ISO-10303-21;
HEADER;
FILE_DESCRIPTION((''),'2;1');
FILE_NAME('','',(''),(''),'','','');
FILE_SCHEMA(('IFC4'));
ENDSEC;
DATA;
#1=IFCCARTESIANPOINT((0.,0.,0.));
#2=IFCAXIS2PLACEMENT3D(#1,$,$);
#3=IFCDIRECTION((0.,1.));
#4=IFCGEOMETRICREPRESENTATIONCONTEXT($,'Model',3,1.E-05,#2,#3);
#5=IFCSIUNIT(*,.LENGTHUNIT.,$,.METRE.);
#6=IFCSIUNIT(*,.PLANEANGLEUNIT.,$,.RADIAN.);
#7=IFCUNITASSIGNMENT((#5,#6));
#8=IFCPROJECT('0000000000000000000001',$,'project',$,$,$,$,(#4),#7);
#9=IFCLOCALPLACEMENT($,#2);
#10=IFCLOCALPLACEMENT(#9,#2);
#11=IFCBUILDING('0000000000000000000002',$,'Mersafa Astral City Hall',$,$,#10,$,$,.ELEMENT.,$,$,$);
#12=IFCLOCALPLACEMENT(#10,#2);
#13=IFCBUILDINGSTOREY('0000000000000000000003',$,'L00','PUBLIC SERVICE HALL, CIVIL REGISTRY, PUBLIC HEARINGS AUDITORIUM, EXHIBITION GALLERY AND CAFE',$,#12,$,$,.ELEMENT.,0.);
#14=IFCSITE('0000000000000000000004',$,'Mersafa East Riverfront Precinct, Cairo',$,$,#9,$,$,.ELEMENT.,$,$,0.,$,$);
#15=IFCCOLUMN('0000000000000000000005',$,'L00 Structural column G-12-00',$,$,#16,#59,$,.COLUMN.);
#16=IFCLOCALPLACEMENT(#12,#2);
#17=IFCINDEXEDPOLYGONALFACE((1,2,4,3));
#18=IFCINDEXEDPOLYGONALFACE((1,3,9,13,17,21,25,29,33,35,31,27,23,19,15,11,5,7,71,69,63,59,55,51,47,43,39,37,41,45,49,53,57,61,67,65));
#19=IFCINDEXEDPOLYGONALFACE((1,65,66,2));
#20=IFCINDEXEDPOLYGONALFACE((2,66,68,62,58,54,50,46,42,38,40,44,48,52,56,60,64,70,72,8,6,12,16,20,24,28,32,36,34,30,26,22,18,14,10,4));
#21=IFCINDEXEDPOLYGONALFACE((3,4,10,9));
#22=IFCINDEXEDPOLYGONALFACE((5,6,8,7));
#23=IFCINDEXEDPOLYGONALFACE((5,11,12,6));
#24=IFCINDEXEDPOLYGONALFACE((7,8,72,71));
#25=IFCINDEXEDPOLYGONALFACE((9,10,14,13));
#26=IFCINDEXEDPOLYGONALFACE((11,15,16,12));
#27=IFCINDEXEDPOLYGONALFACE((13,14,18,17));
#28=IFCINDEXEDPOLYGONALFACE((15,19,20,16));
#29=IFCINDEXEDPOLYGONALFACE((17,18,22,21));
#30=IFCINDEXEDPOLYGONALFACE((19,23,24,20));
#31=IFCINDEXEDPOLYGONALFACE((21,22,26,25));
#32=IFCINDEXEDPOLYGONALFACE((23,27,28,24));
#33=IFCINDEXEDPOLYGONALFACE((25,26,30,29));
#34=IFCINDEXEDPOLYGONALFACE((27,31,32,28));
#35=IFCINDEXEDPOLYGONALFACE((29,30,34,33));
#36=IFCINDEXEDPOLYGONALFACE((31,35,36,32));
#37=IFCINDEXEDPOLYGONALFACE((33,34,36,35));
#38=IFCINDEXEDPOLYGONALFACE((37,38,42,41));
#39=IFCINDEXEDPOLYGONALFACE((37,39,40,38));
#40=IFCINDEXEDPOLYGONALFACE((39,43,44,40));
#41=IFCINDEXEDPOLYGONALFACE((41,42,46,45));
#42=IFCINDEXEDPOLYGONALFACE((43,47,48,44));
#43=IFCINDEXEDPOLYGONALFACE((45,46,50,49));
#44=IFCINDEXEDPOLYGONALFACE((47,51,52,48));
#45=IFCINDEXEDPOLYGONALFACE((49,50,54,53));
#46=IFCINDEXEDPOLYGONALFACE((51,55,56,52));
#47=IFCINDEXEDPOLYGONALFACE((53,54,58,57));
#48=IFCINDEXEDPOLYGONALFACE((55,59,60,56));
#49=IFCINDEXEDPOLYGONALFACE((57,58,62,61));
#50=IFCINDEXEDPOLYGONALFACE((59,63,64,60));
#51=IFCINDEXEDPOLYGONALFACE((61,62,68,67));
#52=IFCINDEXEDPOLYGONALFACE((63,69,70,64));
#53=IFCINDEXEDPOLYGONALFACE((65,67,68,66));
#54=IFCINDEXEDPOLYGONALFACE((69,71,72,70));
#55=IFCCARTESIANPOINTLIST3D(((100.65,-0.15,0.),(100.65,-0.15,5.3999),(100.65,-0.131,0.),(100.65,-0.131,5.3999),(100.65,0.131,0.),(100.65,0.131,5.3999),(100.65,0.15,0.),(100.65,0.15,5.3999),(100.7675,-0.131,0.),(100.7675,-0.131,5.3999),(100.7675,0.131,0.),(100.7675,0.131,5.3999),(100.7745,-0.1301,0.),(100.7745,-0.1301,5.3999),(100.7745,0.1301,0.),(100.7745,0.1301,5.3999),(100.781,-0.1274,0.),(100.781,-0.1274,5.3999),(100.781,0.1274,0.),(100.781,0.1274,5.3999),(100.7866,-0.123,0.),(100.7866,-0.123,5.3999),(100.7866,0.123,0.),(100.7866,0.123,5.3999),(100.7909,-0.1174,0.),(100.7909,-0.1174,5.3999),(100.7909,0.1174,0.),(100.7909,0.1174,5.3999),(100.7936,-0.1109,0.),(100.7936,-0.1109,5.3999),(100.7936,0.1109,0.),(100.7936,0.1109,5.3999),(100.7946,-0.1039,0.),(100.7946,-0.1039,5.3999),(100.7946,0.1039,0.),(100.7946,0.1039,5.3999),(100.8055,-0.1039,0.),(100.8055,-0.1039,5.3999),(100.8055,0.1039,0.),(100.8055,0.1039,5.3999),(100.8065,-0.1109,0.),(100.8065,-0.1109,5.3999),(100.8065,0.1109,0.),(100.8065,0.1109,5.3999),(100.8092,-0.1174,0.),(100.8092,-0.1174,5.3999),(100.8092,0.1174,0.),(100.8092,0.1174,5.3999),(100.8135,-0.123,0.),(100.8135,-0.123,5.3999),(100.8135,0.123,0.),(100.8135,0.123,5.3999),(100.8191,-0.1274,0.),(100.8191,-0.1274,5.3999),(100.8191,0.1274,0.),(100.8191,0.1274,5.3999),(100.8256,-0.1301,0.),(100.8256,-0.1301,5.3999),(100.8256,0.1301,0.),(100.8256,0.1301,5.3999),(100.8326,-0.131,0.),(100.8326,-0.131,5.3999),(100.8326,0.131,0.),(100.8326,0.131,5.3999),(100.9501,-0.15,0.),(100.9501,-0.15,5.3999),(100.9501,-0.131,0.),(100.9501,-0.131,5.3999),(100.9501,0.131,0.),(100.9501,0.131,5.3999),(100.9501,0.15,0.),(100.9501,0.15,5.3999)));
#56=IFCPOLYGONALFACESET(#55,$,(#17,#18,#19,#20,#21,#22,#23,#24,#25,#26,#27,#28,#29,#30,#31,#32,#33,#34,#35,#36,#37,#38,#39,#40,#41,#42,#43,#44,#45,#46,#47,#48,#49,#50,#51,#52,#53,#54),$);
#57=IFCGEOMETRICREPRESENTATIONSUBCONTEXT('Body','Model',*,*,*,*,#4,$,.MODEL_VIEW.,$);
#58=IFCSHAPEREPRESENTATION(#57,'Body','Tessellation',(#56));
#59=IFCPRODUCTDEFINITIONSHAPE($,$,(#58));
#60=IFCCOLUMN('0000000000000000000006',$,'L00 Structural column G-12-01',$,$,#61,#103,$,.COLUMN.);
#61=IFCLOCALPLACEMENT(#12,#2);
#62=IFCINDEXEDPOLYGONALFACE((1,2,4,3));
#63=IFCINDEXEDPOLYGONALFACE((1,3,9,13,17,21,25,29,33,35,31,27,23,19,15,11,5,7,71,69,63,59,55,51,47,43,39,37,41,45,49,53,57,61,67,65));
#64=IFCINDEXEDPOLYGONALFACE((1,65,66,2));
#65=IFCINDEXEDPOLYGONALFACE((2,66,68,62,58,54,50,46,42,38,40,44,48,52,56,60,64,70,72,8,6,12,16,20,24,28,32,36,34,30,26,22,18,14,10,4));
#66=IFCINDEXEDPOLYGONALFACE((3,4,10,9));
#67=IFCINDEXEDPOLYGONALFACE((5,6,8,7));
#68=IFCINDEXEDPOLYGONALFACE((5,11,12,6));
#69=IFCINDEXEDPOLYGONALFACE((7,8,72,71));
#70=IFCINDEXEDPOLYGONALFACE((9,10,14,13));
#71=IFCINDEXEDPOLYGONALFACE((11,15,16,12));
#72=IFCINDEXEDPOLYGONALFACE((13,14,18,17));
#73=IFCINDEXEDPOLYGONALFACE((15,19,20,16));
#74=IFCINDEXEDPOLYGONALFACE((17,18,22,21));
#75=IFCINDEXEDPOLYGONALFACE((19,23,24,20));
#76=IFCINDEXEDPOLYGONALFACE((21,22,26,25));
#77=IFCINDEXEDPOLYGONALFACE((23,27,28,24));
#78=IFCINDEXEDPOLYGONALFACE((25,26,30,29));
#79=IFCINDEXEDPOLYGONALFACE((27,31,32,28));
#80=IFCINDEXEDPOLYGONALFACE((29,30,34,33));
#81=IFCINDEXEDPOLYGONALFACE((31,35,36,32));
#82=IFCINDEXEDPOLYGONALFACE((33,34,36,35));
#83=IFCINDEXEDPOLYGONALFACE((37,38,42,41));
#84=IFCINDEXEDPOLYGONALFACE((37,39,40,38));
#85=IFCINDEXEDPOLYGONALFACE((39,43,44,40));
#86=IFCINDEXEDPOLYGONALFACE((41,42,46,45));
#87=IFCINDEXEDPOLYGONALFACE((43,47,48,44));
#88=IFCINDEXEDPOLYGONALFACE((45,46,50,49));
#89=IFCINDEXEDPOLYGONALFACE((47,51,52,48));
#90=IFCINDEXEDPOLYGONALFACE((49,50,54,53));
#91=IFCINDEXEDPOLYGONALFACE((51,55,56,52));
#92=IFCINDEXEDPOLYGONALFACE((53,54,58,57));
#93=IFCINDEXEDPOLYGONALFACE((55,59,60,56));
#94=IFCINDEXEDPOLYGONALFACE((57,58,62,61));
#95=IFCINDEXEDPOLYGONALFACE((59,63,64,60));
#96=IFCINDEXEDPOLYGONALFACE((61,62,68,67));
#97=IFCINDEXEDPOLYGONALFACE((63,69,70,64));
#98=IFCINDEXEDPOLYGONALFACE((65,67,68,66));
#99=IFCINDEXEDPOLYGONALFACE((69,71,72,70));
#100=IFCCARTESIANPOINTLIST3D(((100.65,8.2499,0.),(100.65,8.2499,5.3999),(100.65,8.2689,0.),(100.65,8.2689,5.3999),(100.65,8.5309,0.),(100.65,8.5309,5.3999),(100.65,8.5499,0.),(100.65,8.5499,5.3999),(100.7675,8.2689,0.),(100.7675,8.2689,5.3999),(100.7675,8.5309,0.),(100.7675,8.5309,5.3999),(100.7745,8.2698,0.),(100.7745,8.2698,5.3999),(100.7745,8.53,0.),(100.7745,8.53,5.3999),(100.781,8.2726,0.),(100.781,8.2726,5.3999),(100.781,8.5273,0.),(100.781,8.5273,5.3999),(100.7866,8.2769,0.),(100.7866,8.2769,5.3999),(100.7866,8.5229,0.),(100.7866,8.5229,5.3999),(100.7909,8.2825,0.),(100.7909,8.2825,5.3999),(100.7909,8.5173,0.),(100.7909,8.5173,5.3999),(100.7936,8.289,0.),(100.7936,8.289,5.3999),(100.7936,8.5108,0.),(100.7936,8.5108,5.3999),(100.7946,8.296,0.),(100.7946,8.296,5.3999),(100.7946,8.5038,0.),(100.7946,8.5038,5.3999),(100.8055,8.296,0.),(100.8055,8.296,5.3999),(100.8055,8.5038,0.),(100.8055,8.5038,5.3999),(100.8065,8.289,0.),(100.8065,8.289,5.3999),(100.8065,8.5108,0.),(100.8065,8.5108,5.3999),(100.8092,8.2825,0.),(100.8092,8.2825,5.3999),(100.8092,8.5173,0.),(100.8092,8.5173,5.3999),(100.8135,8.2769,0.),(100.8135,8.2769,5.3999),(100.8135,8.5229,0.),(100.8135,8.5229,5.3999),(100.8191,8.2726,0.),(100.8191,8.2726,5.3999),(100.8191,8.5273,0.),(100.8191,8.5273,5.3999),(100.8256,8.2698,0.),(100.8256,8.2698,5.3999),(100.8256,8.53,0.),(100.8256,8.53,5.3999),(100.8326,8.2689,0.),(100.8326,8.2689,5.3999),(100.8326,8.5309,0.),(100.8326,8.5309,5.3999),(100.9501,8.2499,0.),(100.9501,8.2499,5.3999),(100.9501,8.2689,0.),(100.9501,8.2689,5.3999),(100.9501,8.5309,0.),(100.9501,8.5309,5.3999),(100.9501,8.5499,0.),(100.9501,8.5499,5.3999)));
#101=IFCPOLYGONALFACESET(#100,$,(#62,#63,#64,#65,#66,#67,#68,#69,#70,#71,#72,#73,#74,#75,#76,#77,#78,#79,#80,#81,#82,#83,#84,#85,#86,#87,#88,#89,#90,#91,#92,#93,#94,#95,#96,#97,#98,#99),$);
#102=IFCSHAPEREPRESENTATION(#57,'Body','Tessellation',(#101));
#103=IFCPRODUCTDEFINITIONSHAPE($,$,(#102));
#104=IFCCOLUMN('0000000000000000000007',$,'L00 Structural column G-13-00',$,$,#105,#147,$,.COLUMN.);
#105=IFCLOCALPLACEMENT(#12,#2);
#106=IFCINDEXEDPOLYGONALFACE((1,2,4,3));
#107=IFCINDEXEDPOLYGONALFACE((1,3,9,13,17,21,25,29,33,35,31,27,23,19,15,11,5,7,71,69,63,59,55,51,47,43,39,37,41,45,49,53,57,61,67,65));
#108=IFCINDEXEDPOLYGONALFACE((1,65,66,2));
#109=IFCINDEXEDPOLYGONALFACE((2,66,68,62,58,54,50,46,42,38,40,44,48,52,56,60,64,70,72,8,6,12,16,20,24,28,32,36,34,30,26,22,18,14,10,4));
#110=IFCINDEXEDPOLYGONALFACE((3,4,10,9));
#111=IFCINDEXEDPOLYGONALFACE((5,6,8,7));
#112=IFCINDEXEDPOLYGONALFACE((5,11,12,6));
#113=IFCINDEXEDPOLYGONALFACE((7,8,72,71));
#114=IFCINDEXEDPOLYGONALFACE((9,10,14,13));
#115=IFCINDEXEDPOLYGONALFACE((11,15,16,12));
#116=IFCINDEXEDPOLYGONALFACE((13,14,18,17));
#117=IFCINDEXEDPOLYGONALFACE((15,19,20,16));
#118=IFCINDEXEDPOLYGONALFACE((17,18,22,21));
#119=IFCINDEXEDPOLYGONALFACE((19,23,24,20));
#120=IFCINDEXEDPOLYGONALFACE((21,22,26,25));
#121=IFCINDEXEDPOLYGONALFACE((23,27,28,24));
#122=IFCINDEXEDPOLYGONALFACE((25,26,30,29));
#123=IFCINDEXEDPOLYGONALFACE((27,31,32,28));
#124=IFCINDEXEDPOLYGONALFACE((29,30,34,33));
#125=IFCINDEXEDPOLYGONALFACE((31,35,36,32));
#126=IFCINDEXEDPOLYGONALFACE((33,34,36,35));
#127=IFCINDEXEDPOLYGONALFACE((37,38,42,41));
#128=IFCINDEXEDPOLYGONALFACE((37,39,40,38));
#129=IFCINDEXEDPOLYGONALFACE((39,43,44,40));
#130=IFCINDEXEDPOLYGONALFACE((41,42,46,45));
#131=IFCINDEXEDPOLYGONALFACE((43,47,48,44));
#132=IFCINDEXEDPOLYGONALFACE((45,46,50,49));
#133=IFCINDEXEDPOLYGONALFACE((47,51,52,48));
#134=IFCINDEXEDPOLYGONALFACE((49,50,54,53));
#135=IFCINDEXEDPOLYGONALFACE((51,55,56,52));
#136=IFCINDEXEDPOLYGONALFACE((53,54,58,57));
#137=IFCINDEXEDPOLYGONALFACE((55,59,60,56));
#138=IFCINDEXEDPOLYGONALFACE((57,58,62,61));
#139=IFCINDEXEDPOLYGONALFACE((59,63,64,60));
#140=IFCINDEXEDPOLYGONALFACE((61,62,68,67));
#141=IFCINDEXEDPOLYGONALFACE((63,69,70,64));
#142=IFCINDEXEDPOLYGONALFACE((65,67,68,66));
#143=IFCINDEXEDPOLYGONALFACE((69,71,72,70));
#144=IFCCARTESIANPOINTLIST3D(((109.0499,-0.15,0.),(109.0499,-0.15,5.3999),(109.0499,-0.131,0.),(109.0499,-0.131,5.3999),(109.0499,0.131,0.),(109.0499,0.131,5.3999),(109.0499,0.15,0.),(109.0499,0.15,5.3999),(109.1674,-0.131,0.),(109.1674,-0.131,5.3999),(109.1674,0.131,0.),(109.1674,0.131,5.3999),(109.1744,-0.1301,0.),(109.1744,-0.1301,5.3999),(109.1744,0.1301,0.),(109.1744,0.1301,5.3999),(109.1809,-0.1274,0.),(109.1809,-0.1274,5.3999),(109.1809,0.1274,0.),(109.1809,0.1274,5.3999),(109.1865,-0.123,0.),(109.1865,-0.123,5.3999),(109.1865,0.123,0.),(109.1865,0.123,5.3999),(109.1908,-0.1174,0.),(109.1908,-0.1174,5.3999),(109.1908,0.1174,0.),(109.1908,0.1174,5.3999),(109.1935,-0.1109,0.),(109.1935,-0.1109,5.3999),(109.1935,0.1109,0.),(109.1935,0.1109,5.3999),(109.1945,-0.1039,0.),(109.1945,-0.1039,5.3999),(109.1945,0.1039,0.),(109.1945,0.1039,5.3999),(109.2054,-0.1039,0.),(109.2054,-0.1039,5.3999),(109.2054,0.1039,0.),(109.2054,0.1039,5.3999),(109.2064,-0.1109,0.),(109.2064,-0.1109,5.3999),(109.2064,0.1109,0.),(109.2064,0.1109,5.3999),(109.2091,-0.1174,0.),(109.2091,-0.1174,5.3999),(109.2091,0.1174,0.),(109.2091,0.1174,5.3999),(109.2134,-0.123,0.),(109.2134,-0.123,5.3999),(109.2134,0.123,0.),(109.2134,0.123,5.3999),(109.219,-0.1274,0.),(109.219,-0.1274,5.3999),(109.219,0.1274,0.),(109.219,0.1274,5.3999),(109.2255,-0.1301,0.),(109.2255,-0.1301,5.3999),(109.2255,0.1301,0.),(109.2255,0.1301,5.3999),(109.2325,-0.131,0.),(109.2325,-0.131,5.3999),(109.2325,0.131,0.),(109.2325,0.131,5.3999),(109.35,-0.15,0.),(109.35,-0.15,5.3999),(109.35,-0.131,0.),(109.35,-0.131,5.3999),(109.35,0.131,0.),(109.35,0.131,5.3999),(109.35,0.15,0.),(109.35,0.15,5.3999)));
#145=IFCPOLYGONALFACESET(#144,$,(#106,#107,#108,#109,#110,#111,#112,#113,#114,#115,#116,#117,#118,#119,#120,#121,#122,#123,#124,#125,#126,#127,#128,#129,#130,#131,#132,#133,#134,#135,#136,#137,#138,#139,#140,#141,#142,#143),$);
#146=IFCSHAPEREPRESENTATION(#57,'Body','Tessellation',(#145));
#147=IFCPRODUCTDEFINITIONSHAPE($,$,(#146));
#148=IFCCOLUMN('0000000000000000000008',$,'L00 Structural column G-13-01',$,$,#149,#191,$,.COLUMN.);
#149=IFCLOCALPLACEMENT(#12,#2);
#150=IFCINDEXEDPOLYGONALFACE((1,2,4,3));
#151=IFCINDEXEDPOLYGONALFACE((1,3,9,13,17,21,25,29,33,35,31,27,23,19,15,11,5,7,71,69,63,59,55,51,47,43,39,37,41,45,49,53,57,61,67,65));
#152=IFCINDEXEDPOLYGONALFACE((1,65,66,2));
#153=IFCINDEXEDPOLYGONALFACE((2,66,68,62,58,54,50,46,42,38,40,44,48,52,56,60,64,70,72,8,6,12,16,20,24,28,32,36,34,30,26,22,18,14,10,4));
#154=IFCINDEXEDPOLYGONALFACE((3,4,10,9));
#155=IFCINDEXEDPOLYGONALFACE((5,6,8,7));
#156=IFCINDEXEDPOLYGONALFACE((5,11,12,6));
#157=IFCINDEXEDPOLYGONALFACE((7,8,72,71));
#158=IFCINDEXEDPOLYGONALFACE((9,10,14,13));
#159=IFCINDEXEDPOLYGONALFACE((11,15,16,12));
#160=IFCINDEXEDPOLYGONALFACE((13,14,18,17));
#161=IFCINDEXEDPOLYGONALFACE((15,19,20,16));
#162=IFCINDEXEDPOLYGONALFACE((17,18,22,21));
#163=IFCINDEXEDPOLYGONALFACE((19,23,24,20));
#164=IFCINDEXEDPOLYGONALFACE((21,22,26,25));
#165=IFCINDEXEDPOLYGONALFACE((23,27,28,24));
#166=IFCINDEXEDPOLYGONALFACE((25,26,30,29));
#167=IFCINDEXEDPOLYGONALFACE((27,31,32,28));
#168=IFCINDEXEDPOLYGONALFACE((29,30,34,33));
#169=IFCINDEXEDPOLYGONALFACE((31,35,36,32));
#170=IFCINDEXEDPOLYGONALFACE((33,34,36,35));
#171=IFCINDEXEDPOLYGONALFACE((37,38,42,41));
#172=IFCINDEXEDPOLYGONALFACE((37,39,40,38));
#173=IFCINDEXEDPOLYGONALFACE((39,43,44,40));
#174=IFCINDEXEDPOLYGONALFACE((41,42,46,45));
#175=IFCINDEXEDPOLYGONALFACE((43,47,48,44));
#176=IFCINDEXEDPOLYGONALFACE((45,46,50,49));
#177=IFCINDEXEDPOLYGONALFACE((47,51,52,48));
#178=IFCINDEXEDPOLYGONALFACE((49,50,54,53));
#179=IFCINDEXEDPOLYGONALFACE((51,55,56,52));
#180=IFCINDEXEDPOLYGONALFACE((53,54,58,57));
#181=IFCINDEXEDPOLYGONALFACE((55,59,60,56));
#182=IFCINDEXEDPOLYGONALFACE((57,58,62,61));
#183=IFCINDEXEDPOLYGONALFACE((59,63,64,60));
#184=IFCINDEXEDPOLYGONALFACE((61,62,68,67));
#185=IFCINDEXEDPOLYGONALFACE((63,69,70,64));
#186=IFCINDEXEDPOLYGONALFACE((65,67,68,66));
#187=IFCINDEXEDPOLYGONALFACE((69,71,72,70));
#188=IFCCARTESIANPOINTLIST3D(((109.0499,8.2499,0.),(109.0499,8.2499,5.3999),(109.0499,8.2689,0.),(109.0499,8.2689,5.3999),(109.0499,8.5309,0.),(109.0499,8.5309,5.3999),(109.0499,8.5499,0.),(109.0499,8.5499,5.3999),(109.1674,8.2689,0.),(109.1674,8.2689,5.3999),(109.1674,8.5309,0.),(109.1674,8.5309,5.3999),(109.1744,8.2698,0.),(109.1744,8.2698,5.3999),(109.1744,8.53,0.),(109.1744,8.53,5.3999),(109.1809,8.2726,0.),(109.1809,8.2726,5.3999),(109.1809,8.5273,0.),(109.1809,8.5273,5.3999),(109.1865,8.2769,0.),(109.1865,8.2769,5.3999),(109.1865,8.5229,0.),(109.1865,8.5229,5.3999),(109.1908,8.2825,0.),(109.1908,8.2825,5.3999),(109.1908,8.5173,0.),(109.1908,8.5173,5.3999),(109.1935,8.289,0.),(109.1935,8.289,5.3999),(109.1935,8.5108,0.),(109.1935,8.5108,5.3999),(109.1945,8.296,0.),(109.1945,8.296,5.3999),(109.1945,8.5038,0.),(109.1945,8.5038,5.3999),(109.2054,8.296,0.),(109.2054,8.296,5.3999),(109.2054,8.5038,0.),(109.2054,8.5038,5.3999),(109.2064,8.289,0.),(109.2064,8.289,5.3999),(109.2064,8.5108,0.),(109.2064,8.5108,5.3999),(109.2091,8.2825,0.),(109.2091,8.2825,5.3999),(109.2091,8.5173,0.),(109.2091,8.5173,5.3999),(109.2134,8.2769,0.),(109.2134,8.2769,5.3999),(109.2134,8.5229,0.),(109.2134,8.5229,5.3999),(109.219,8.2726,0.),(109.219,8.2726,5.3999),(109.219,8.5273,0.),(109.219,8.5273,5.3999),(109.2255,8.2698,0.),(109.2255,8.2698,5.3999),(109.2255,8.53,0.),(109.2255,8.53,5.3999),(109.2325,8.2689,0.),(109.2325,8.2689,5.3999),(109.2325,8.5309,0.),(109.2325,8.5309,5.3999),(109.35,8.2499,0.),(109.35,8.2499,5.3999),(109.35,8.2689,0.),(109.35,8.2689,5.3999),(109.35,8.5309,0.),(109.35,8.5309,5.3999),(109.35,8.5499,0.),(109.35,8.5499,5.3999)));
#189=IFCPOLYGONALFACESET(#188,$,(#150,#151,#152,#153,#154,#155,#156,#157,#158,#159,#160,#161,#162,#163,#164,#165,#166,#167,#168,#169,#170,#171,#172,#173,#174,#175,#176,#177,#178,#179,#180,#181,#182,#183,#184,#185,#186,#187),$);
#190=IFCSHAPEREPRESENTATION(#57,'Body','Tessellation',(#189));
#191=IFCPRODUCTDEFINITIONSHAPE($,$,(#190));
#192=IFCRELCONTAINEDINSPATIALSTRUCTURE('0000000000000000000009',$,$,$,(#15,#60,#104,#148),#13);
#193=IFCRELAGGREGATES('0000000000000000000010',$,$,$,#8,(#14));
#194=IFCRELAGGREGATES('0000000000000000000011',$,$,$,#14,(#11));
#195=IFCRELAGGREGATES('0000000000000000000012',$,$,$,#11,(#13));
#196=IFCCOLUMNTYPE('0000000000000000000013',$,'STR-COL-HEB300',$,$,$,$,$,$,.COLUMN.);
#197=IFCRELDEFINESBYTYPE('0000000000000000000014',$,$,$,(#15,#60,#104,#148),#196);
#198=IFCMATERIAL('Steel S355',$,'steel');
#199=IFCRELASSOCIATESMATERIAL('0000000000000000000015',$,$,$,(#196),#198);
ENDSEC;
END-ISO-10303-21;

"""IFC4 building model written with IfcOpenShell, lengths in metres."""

from ifc_helpers import new_model, si_unit, direction, frame, origin, origin_2d, place, context, subcontext, project, spatial, i_section, extrude, material, material_profile, profile_set, type_object, element, save


model = new_model("IFC4")

# Units and contexts
model_context = context("Model", 3, precision=1e-05, world=origin(), true_north=direction((0.0, 1.0)))
body_context = subcontext(model_context, "Body", "Model", "MODEL_VIEW")
ifc_project = project(units=[si_unit("LENGTHUNIT", "METRE"), si_unit("PLANEANGLEUNIT", "RADIAN")], contexts=[model_context])

# Site, building, storey
site_placement = place(None, origin())
site = spatial("IfcSite", under=ifc_project, at=site_placement, Name="Mersafa East Riverfront Precinct, Cairo", CompositionType="ELEMENT", RefElevation=0.0)
building_placement = place(site_placement, origin())
building = spatial("IfcBuilding", under=site, at=building_placement, Name="Mersafa Astral City Hall", CompositionType="ELEMENT")
storey_placement = place(building_placement, origin())
storey = spatial("IfcBuildingStorey", under=building, at=storey_placement, Name="L00", Description="PUBLIC SERVICE HALL, CIVIL REGISTRY, PUBLIC HEARINGS AUDITORIUM, EXHIBITION GALLERY AND CAFE", CompositionType="ELEMENT", Elevation=0.0)

# Columns
ifc_material_1 = material(Name="Steel S355", Category="steel")
ifc_material_profile_1 = material_profile(ifc_material_1, i_section(OverallWidth=0.3, OverallDepth=0.3, WebThickness=0.011, FlangeThickness=0.019, FilletRadius=0.0271, at=origin_2d()), Name="HEB 300")
ifc_profile_set_1 = profile_set([ifc_material_profile_1], Name="Steel S355")
column_type = type_object("IfcColumnType", Name="STR-COL-HEB300", PredefinedType="COLUMN", material=ifc_profile_set_1)
for number, where, z_axis, x_axis, name in (
    (1, (100.8, 0.0, 0.0), (0.0, 0.0, 1.0), (1.0, 0.0, 0.0), "L00 Structural column G-12-00"),
    (2, (100.8, 8.3999, 0.0), (0.0, 0.0, 1.0), (1.0, 0.0, 0.0), "L00 Structural column G-12-01"),
    (3, (109.2, 0.0, 0.0), (0.0, 0.0, 1.0), (1.0, 0.0, 0.0), "L00 Structural column G-13-00"),
    (4, (109.2, 8.3999, 0.0), (0.0, 0.0, 1.0), (1.0, 0.0, 0.0), "L00 Structural column G-13-01"),
):
    element("IfcColumn", number, at=place(storey_placement, frame(where, z_axis=z_axis, x_axis=x_axis)), inside=storey, type_object=column_type, Name=name, PredefinedType="COLUMN", context=body_context, shape_type="SweptSolid", body=[
        extrude(i_section(OverallWidth=0.3, OverallDepth=0.3, WebThickness=0.011, FlangeThickness=0.019, FilletRadius=0.0271, at=origin_2d()), origin(), (0.0, 0.0, 1.0), 5.3999),
    ])

save(model, "model.ifc")
